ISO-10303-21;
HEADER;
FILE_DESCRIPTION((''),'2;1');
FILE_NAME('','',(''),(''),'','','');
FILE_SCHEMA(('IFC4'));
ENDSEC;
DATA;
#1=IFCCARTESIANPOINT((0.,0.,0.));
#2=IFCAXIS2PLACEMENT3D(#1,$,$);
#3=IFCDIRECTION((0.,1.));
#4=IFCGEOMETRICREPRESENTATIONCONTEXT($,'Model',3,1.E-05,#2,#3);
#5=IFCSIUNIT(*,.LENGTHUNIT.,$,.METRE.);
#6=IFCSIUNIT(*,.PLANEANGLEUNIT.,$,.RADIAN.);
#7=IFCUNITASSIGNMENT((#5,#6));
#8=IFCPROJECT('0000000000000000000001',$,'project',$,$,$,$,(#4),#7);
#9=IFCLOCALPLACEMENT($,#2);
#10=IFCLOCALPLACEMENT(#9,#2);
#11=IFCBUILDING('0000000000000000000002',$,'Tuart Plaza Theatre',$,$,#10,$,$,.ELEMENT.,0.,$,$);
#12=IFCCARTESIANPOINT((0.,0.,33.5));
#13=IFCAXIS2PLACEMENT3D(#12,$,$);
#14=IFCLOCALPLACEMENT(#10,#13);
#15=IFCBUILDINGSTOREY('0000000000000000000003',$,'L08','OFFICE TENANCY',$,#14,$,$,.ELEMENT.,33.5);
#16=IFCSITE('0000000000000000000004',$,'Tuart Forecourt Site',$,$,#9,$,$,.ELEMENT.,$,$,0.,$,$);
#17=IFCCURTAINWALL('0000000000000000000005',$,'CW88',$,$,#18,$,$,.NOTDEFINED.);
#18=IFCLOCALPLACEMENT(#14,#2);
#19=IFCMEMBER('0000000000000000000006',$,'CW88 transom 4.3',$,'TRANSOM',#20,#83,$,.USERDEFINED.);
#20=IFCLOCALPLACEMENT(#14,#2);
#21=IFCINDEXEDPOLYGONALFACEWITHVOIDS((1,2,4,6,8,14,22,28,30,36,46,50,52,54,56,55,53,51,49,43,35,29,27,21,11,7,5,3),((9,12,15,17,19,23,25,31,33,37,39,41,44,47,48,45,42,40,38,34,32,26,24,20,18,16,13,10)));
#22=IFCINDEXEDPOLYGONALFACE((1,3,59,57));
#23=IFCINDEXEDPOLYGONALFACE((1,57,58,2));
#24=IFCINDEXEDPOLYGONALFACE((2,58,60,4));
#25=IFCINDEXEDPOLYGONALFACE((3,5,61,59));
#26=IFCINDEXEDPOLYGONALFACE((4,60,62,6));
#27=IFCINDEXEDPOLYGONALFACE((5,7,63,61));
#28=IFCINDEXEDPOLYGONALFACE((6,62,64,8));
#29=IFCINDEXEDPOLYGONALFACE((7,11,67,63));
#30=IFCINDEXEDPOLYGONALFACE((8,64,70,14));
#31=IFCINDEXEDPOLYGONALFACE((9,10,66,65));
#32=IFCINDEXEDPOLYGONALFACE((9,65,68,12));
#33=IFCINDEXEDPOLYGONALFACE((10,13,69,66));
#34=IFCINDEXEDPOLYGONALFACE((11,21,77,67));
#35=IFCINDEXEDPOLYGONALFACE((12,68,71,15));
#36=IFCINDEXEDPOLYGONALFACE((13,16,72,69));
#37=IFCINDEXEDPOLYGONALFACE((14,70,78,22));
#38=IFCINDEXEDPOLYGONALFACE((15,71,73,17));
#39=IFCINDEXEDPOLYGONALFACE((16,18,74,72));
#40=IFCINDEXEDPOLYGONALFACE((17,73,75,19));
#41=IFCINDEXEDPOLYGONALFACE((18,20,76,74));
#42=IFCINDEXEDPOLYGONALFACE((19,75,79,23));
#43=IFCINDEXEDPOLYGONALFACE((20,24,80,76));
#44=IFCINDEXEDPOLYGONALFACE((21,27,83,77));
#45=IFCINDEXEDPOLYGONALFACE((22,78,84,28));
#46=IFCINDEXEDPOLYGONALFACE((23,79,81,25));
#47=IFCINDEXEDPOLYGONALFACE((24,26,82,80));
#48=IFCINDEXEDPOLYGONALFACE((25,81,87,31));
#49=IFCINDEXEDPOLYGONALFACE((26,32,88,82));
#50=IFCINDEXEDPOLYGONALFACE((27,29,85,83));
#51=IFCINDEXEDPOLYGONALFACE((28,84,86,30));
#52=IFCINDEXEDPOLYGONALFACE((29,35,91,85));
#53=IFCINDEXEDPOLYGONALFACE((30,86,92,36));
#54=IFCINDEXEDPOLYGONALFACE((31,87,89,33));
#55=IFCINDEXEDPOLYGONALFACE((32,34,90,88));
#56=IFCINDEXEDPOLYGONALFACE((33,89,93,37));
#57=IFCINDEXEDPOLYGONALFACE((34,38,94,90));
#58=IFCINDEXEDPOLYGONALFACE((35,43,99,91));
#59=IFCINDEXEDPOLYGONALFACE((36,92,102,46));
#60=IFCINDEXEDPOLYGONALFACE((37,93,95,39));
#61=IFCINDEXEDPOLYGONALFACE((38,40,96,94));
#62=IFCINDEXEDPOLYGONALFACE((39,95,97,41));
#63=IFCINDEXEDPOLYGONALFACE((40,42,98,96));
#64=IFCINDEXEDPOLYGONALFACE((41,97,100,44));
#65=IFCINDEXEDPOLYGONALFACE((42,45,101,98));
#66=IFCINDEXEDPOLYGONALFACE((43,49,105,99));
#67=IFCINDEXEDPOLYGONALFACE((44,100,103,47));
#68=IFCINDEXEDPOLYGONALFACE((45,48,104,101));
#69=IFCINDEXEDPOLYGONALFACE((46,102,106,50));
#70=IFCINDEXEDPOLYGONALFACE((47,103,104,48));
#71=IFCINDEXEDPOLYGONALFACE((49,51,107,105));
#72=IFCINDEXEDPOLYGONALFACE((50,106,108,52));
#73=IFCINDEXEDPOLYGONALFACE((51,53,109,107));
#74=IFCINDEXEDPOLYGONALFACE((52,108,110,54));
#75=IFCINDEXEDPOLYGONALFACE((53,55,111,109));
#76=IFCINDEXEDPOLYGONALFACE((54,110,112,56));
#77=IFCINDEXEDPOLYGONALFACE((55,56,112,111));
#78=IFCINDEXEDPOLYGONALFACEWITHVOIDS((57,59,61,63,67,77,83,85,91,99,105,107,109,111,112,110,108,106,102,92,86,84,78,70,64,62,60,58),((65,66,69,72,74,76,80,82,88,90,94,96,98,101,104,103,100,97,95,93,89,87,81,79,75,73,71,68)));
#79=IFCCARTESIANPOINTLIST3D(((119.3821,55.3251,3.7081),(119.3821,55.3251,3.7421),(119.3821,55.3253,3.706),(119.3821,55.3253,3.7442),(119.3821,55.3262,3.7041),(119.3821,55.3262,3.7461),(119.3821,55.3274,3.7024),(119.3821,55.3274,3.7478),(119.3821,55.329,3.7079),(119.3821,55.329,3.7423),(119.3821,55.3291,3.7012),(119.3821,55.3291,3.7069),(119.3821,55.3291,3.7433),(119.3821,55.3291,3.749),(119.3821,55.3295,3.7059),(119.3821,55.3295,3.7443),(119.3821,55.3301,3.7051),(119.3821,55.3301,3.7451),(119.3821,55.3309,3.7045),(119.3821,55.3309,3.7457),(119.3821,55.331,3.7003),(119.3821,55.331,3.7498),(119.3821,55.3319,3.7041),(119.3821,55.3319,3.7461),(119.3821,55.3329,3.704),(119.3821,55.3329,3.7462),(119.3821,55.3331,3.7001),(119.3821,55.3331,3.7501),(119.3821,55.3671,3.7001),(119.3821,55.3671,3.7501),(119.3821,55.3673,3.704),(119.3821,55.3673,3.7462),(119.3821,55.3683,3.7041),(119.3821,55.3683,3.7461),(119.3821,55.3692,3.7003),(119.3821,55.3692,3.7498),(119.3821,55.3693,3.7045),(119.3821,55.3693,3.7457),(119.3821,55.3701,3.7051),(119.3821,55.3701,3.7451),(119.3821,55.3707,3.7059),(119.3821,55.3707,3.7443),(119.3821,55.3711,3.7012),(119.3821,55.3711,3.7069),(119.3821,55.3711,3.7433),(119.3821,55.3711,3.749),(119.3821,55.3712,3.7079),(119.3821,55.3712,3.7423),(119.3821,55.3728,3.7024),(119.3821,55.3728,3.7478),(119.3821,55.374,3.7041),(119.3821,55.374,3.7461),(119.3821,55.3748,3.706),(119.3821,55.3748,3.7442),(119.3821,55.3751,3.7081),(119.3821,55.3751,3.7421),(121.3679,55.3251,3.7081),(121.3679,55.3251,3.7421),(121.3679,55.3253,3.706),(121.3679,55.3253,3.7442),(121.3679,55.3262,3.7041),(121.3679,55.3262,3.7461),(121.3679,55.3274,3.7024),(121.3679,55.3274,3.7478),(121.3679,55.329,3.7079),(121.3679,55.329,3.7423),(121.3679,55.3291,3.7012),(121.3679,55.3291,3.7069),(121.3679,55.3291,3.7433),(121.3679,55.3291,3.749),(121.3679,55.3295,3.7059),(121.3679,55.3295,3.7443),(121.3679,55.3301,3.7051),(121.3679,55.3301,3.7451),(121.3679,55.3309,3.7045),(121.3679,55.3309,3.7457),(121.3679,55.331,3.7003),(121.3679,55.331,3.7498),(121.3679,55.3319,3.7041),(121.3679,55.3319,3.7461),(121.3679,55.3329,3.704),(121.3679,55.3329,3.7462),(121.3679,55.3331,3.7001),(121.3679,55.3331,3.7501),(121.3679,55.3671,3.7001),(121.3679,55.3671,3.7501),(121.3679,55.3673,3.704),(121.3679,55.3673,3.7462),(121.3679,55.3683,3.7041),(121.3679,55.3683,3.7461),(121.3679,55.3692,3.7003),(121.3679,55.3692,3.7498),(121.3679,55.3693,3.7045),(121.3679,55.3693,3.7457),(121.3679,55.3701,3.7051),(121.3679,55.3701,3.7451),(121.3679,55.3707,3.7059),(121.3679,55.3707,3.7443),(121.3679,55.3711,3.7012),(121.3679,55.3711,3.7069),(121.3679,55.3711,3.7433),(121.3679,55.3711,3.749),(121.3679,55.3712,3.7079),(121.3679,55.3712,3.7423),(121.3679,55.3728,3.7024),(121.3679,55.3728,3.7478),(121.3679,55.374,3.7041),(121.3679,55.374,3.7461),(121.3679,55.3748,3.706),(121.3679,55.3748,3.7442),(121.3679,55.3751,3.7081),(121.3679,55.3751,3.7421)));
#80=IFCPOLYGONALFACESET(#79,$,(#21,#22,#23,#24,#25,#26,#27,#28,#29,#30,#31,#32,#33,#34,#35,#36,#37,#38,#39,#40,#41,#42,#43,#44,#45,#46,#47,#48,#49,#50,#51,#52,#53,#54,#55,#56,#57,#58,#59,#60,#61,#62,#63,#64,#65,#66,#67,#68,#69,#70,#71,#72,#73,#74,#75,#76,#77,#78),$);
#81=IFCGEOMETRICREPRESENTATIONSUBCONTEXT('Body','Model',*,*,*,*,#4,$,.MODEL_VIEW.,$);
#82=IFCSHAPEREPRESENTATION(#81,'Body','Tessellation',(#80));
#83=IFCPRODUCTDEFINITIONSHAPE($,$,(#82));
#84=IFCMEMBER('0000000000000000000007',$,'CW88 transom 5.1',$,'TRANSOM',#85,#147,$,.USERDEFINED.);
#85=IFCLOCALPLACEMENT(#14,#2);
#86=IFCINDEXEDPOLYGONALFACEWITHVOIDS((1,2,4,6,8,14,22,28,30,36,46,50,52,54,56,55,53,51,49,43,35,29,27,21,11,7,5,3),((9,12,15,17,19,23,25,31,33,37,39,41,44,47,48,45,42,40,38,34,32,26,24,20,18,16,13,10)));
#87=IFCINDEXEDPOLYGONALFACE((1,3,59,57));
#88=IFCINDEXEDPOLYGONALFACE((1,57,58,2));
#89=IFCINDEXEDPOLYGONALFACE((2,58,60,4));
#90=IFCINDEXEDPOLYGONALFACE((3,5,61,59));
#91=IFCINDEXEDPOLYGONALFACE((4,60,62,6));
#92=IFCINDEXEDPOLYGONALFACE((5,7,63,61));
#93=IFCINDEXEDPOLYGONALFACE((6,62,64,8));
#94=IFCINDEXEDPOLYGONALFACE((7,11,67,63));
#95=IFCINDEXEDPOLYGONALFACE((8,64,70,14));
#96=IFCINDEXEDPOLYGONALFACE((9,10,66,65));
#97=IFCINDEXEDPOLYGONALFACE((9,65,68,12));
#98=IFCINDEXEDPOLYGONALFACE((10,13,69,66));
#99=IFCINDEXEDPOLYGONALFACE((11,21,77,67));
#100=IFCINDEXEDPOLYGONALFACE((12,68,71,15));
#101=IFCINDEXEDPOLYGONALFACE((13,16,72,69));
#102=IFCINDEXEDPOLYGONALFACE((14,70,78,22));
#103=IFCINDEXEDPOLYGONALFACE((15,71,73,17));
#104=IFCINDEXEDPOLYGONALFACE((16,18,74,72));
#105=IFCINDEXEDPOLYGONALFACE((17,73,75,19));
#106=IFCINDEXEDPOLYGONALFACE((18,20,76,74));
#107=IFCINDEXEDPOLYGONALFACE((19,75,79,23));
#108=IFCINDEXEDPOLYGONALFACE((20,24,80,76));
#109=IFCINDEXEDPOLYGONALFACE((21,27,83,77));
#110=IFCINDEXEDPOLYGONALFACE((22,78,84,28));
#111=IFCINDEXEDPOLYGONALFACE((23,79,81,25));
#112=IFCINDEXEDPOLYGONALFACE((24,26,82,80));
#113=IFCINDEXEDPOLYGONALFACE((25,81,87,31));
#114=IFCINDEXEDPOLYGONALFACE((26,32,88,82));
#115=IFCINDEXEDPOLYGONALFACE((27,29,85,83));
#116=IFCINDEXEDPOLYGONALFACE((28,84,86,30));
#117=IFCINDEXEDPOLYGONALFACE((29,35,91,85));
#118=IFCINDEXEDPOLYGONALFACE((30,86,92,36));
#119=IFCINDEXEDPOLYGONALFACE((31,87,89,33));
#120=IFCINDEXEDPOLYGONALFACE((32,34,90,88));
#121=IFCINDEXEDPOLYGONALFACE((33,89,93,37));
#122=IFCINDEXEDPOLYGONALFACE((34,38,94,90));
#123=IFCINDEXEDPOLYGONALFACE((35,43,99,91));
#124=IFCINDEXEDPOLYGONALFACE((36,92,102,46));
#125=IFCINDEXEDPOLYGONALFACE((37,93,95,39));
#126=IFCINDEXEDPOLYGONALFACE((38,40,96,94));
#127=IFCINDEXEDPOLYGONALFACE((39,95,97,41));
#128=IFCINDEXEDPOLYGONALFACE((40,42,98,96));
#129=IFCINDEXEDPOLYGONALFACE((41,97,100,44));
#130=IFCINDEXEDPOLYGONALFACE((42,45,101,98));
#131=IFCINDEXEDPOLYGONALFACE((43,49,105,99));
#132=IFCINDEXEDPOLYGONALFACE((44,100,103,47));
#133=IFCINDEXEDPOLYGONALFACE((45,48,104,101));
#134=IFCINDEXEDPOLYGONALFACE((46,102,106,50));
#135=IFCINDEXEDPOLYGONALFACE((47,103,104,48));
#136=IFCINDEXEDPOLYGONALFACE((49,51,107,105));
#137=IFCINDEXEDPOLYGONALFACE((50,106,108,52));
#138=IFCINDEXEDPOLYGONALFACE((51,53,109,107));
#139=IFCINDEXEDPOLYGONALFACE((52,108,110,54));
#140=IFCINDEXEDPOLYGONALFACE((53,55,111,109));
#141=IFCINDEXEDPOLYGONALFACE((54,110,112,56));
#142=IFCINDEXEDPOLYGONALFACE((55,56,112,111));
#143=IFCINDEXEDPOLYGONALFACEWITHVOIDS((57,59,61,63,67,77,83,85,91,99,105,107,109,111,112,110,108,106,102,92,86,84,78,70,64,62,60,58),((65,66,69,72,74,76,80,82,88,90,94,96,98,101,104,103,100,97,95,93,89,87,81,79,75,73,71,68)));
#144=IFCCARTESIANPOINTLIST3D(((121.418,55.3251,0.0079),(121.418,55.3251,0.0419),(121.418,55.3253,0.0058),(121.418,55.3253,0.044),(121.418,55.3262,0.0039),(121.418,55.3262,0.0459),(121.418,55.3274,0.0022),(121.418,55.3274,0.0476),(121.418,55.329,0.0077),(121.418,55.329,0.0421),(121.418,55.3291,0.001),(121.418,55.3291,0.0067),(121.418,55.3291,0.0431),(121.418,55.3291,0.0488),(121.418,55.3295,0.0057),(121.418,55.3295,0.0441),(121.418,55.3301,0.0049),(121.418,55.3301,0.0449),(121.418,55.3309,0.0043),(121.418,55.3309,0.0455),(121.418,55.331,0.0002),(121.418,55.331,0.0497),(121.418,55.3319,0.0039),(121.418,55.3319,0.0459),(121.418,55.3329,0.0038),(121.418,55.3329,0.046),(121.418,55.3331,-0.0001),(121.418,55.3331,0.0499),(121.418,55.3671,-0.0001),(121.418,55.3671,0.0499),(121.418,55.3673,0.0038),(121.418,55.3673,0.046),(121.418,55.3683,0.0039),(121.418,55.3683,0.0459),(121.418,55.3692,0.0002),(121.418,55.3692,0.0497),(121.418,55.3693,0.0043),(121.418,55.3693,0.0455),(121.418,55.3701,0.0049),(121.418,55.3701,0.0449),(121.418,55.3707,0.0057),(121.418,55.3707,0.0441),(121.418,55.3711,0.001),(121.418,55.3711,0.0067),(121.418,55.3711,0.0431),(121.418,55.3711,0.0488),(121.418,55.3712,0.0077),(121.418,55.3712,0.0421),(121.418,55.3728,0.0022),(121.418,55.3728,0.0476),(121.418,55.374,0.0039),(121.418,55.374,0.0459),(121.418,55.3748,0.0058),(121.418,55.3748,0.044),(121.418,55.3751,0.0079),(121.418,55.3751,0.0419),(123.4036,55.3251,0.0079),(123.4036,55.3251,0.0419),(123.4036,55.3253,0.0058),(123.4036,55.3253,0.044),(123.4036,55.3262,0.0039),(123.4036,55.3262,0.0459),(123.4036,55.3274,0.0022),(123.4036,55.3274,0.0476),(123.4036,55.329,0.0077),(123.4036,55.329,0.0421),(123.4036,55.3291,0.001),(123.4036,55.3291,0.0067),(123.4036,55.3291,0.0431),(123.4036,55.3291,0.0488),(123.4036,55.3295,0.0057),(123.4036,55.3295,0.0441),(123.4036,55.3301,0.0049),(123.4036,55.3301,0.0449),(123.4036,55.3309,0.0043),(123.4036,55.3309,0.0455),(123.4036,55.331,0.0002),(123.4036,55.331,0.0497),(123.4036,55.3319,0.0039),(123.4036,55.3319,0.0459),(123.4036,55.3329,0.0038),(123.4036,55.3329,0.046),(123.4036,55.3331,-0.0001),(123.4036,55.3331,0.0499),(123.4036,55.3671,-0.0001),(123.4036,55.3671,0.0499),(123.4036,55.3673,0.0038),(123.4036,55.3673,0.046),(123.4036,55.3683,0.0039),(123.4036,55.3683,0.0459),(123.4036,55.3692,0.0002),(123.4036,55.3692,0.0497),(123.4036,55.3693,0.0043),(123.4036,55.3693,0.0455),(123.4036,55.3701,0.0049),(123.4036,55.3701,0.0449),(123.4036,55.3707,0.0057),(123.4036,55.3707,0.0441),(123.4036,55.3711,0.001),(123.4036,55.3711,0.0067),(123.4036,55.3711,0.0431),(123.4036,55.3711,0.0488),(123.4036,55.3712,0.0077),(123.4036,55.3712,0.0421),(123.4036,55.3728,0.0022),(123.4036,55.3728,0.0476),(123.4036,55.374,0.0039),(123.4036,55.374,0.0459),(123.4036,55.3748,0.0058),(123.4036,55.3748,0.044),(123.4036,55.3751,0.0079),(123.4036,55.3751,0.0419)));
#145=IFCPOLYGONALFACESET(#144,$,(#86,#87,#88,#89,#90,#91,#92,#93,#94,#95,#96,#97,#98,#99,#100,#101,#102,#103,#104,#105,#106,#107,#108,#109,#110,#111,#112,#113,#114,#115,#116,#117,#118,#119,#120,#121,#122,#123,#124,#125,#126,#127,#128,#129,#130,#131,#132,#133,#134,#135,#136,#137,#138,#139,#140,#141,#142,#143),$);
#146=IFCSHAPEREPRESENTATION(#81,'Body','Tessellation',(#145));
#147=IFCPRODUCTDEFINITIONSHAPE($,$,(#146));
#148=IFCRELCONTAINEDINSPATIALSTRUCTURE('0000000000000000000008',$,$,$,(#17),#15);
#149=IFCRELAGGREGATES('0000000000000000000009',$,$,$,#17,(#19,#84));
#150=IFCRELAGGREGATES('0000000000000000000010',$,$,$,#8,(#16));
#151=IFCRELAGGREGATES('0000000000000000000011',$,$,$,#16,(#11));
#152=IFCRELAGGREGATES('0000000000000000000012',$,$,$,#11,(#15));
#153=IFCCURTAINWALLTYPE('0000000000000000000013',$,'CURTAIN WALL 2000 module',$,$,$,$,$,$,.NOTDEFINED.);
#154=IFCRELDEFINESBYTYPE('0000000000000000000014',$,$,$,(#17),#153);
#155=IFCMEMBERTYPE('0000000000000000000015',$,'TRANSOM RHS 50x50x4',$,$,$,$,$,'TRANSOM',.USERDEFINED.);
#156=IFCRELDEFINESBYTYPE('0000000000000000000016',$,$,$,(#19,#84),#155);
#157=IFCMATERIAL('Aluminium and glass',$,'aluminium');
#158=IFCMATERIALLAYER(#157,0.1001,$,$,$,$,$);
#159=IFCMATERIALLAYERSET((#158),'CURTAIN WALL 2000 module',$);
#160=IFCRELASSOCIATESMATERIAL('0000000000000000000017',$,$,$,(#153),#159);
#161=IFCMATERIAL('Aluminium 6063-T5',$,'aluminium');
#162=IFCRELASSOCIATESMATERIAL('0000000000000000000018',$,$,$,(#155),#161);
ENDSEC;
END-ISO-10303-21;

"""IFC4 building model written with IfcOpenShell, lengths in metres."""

from ifc_helpers import new_model, si_unit, direction, frame, origin, origin_2d, place, context, subcontext, project, spatial, hollow_rectangle, extrude, material, layer, layer_set, material_profile, profile_set, type_object, element, aggregate, save


model = new_model("IFC4")

# Units and contexts
model_context = context("Model", 3, precision=1e-05, world=origin(), true_north=direction((0.0, 1.0)))
body_context = subcontext(model_context, "Body", "Model", "MODEL_VIEW")
ifc_project = project(units=[si_unit("LENGTHUNIT", "METRE"), si_unit("PLANEANGLEUNIT", "RADIAN")], contexts=[model_context])

# Site, building, storey
site_placement = place(None, origin())
site = spatial("IfcSite", under=ifc_project, at=site_placement, Name="Tuart Forecourt Site", CompositionType="ELEMENT", RefElevation=0.0)
building_placement = place(site_placement, origin())
building = spatial("IfcBuilding", under=site, at=building_placement, Name="Tuart Plaza Theatre", CompositionType="ELEMENT", ElevationOfRefHeight=0.0)
storey_placement = place(building_placement, frame((0.0, 0.0, 33.5)))
storey = spatial("IfcBuildingStorey", under=building, at=storey_placement, Name="L08", Description="OFFICE TENANCY", CompositionType="ELEMENT", Elevation=33.5)

# Curtain wall, members
ifc_material_1 = material(Name="Aluminium and glass", Category="aluminium")
ifc_layer_1 = layer(ifc_material_1, 0.1001)
ifc_layer_set_1 = layer_set([ifc_layer_1], Name="CURTAIN WALL 2000 module")
curtain_wall_type = type_object("IfcCurtainWallType", Name="CURTAIN WALL 2000 module", PredefinedType="NOTDEFINED", material=ifc_layer_set_1)
curtain_wall_placement = place(storey_placement, origin())
curtain_wall = element("IfcCurtainWall", 1, at=curtain_wall_placement, inside=storey, type_object=curtain_wall_type, Name="CW88", PredefinedType="NOTDEFINED")
ifc_material_2 = material(Name="Aluminium 6063-T5", Category="aluminium")
ifc_material_profile_1 = material_profile(ifc_material_2, hollow_rectangle(XDim=0.05, YDim=0.05, WallThickness=0.0039, InnerFilletRadius=0.0039, OuterFilletRadius=0.0081, at=origin_2d()), Name="RHS 50x50x4")
ifc_profile_set_1 = profile_set([ifc_material_profile_1], Name="Aluminium 6063-T5")
member_type_1 = type_object("IfcMemberType", Name="TRANSOM RHS 50x50x4", ElementType="TRANSOM", PredefinedType="USERDEFINED", material=ifc_profile_set_1)
member_1_placement = place(storey_placement, frame((119.3821, 55.3501, 3.7251), z_axis=(1.0, 0.0, 0.0), x_axis=(0.0, 1.0, 0.0)))
member_1 = element("IfcMember", 2, at=member_1_placement, type_object=member_type_1, Name="CW88 transom 4.3", ObjectType="TRANSOM", PredefinedType="USERDEFINED", context=body_context, shape_type="SweptSolid", body=[
    extrude(hollow_rectangle(XDim=0.05, YDim=0.05, WallThickness=0.0039, InnerFilletRadius=0.0039, OuterFilletRadius=0.0081, at=origin_2d()), origin(), (0.0, 0.0, 1.0), 1.9858),
])
member_2_placement = place(storey_placement, frame((121.418, 55.3501, 0.0249), z_axis=(1.0, 0.0, 0.0), x_axis=(0.0, 1.0, 0.0)))
member_2 = element("IfcMember", 3, at=member_2_placement, type_object=member_type_1, Name="CW88 transom 5.1", ObjectType="TRANSOM", PredefinedType="USERDEFINED", context=body_context, shape_type="SweptSolid", body=[
    extrude(hollow_rectangle(XDim=0.05, YDim=0.05, WallThickness=0.0039, InnerFilletRadius=0.0039, OuterFilletRadius=0.0081, at=origin_2d()), origin(), (0.0, 0.0, 1.0), 1.9856),
])
aggregate(curtain_wall, [member_1, member_2])

save(model, "model.ifc")
